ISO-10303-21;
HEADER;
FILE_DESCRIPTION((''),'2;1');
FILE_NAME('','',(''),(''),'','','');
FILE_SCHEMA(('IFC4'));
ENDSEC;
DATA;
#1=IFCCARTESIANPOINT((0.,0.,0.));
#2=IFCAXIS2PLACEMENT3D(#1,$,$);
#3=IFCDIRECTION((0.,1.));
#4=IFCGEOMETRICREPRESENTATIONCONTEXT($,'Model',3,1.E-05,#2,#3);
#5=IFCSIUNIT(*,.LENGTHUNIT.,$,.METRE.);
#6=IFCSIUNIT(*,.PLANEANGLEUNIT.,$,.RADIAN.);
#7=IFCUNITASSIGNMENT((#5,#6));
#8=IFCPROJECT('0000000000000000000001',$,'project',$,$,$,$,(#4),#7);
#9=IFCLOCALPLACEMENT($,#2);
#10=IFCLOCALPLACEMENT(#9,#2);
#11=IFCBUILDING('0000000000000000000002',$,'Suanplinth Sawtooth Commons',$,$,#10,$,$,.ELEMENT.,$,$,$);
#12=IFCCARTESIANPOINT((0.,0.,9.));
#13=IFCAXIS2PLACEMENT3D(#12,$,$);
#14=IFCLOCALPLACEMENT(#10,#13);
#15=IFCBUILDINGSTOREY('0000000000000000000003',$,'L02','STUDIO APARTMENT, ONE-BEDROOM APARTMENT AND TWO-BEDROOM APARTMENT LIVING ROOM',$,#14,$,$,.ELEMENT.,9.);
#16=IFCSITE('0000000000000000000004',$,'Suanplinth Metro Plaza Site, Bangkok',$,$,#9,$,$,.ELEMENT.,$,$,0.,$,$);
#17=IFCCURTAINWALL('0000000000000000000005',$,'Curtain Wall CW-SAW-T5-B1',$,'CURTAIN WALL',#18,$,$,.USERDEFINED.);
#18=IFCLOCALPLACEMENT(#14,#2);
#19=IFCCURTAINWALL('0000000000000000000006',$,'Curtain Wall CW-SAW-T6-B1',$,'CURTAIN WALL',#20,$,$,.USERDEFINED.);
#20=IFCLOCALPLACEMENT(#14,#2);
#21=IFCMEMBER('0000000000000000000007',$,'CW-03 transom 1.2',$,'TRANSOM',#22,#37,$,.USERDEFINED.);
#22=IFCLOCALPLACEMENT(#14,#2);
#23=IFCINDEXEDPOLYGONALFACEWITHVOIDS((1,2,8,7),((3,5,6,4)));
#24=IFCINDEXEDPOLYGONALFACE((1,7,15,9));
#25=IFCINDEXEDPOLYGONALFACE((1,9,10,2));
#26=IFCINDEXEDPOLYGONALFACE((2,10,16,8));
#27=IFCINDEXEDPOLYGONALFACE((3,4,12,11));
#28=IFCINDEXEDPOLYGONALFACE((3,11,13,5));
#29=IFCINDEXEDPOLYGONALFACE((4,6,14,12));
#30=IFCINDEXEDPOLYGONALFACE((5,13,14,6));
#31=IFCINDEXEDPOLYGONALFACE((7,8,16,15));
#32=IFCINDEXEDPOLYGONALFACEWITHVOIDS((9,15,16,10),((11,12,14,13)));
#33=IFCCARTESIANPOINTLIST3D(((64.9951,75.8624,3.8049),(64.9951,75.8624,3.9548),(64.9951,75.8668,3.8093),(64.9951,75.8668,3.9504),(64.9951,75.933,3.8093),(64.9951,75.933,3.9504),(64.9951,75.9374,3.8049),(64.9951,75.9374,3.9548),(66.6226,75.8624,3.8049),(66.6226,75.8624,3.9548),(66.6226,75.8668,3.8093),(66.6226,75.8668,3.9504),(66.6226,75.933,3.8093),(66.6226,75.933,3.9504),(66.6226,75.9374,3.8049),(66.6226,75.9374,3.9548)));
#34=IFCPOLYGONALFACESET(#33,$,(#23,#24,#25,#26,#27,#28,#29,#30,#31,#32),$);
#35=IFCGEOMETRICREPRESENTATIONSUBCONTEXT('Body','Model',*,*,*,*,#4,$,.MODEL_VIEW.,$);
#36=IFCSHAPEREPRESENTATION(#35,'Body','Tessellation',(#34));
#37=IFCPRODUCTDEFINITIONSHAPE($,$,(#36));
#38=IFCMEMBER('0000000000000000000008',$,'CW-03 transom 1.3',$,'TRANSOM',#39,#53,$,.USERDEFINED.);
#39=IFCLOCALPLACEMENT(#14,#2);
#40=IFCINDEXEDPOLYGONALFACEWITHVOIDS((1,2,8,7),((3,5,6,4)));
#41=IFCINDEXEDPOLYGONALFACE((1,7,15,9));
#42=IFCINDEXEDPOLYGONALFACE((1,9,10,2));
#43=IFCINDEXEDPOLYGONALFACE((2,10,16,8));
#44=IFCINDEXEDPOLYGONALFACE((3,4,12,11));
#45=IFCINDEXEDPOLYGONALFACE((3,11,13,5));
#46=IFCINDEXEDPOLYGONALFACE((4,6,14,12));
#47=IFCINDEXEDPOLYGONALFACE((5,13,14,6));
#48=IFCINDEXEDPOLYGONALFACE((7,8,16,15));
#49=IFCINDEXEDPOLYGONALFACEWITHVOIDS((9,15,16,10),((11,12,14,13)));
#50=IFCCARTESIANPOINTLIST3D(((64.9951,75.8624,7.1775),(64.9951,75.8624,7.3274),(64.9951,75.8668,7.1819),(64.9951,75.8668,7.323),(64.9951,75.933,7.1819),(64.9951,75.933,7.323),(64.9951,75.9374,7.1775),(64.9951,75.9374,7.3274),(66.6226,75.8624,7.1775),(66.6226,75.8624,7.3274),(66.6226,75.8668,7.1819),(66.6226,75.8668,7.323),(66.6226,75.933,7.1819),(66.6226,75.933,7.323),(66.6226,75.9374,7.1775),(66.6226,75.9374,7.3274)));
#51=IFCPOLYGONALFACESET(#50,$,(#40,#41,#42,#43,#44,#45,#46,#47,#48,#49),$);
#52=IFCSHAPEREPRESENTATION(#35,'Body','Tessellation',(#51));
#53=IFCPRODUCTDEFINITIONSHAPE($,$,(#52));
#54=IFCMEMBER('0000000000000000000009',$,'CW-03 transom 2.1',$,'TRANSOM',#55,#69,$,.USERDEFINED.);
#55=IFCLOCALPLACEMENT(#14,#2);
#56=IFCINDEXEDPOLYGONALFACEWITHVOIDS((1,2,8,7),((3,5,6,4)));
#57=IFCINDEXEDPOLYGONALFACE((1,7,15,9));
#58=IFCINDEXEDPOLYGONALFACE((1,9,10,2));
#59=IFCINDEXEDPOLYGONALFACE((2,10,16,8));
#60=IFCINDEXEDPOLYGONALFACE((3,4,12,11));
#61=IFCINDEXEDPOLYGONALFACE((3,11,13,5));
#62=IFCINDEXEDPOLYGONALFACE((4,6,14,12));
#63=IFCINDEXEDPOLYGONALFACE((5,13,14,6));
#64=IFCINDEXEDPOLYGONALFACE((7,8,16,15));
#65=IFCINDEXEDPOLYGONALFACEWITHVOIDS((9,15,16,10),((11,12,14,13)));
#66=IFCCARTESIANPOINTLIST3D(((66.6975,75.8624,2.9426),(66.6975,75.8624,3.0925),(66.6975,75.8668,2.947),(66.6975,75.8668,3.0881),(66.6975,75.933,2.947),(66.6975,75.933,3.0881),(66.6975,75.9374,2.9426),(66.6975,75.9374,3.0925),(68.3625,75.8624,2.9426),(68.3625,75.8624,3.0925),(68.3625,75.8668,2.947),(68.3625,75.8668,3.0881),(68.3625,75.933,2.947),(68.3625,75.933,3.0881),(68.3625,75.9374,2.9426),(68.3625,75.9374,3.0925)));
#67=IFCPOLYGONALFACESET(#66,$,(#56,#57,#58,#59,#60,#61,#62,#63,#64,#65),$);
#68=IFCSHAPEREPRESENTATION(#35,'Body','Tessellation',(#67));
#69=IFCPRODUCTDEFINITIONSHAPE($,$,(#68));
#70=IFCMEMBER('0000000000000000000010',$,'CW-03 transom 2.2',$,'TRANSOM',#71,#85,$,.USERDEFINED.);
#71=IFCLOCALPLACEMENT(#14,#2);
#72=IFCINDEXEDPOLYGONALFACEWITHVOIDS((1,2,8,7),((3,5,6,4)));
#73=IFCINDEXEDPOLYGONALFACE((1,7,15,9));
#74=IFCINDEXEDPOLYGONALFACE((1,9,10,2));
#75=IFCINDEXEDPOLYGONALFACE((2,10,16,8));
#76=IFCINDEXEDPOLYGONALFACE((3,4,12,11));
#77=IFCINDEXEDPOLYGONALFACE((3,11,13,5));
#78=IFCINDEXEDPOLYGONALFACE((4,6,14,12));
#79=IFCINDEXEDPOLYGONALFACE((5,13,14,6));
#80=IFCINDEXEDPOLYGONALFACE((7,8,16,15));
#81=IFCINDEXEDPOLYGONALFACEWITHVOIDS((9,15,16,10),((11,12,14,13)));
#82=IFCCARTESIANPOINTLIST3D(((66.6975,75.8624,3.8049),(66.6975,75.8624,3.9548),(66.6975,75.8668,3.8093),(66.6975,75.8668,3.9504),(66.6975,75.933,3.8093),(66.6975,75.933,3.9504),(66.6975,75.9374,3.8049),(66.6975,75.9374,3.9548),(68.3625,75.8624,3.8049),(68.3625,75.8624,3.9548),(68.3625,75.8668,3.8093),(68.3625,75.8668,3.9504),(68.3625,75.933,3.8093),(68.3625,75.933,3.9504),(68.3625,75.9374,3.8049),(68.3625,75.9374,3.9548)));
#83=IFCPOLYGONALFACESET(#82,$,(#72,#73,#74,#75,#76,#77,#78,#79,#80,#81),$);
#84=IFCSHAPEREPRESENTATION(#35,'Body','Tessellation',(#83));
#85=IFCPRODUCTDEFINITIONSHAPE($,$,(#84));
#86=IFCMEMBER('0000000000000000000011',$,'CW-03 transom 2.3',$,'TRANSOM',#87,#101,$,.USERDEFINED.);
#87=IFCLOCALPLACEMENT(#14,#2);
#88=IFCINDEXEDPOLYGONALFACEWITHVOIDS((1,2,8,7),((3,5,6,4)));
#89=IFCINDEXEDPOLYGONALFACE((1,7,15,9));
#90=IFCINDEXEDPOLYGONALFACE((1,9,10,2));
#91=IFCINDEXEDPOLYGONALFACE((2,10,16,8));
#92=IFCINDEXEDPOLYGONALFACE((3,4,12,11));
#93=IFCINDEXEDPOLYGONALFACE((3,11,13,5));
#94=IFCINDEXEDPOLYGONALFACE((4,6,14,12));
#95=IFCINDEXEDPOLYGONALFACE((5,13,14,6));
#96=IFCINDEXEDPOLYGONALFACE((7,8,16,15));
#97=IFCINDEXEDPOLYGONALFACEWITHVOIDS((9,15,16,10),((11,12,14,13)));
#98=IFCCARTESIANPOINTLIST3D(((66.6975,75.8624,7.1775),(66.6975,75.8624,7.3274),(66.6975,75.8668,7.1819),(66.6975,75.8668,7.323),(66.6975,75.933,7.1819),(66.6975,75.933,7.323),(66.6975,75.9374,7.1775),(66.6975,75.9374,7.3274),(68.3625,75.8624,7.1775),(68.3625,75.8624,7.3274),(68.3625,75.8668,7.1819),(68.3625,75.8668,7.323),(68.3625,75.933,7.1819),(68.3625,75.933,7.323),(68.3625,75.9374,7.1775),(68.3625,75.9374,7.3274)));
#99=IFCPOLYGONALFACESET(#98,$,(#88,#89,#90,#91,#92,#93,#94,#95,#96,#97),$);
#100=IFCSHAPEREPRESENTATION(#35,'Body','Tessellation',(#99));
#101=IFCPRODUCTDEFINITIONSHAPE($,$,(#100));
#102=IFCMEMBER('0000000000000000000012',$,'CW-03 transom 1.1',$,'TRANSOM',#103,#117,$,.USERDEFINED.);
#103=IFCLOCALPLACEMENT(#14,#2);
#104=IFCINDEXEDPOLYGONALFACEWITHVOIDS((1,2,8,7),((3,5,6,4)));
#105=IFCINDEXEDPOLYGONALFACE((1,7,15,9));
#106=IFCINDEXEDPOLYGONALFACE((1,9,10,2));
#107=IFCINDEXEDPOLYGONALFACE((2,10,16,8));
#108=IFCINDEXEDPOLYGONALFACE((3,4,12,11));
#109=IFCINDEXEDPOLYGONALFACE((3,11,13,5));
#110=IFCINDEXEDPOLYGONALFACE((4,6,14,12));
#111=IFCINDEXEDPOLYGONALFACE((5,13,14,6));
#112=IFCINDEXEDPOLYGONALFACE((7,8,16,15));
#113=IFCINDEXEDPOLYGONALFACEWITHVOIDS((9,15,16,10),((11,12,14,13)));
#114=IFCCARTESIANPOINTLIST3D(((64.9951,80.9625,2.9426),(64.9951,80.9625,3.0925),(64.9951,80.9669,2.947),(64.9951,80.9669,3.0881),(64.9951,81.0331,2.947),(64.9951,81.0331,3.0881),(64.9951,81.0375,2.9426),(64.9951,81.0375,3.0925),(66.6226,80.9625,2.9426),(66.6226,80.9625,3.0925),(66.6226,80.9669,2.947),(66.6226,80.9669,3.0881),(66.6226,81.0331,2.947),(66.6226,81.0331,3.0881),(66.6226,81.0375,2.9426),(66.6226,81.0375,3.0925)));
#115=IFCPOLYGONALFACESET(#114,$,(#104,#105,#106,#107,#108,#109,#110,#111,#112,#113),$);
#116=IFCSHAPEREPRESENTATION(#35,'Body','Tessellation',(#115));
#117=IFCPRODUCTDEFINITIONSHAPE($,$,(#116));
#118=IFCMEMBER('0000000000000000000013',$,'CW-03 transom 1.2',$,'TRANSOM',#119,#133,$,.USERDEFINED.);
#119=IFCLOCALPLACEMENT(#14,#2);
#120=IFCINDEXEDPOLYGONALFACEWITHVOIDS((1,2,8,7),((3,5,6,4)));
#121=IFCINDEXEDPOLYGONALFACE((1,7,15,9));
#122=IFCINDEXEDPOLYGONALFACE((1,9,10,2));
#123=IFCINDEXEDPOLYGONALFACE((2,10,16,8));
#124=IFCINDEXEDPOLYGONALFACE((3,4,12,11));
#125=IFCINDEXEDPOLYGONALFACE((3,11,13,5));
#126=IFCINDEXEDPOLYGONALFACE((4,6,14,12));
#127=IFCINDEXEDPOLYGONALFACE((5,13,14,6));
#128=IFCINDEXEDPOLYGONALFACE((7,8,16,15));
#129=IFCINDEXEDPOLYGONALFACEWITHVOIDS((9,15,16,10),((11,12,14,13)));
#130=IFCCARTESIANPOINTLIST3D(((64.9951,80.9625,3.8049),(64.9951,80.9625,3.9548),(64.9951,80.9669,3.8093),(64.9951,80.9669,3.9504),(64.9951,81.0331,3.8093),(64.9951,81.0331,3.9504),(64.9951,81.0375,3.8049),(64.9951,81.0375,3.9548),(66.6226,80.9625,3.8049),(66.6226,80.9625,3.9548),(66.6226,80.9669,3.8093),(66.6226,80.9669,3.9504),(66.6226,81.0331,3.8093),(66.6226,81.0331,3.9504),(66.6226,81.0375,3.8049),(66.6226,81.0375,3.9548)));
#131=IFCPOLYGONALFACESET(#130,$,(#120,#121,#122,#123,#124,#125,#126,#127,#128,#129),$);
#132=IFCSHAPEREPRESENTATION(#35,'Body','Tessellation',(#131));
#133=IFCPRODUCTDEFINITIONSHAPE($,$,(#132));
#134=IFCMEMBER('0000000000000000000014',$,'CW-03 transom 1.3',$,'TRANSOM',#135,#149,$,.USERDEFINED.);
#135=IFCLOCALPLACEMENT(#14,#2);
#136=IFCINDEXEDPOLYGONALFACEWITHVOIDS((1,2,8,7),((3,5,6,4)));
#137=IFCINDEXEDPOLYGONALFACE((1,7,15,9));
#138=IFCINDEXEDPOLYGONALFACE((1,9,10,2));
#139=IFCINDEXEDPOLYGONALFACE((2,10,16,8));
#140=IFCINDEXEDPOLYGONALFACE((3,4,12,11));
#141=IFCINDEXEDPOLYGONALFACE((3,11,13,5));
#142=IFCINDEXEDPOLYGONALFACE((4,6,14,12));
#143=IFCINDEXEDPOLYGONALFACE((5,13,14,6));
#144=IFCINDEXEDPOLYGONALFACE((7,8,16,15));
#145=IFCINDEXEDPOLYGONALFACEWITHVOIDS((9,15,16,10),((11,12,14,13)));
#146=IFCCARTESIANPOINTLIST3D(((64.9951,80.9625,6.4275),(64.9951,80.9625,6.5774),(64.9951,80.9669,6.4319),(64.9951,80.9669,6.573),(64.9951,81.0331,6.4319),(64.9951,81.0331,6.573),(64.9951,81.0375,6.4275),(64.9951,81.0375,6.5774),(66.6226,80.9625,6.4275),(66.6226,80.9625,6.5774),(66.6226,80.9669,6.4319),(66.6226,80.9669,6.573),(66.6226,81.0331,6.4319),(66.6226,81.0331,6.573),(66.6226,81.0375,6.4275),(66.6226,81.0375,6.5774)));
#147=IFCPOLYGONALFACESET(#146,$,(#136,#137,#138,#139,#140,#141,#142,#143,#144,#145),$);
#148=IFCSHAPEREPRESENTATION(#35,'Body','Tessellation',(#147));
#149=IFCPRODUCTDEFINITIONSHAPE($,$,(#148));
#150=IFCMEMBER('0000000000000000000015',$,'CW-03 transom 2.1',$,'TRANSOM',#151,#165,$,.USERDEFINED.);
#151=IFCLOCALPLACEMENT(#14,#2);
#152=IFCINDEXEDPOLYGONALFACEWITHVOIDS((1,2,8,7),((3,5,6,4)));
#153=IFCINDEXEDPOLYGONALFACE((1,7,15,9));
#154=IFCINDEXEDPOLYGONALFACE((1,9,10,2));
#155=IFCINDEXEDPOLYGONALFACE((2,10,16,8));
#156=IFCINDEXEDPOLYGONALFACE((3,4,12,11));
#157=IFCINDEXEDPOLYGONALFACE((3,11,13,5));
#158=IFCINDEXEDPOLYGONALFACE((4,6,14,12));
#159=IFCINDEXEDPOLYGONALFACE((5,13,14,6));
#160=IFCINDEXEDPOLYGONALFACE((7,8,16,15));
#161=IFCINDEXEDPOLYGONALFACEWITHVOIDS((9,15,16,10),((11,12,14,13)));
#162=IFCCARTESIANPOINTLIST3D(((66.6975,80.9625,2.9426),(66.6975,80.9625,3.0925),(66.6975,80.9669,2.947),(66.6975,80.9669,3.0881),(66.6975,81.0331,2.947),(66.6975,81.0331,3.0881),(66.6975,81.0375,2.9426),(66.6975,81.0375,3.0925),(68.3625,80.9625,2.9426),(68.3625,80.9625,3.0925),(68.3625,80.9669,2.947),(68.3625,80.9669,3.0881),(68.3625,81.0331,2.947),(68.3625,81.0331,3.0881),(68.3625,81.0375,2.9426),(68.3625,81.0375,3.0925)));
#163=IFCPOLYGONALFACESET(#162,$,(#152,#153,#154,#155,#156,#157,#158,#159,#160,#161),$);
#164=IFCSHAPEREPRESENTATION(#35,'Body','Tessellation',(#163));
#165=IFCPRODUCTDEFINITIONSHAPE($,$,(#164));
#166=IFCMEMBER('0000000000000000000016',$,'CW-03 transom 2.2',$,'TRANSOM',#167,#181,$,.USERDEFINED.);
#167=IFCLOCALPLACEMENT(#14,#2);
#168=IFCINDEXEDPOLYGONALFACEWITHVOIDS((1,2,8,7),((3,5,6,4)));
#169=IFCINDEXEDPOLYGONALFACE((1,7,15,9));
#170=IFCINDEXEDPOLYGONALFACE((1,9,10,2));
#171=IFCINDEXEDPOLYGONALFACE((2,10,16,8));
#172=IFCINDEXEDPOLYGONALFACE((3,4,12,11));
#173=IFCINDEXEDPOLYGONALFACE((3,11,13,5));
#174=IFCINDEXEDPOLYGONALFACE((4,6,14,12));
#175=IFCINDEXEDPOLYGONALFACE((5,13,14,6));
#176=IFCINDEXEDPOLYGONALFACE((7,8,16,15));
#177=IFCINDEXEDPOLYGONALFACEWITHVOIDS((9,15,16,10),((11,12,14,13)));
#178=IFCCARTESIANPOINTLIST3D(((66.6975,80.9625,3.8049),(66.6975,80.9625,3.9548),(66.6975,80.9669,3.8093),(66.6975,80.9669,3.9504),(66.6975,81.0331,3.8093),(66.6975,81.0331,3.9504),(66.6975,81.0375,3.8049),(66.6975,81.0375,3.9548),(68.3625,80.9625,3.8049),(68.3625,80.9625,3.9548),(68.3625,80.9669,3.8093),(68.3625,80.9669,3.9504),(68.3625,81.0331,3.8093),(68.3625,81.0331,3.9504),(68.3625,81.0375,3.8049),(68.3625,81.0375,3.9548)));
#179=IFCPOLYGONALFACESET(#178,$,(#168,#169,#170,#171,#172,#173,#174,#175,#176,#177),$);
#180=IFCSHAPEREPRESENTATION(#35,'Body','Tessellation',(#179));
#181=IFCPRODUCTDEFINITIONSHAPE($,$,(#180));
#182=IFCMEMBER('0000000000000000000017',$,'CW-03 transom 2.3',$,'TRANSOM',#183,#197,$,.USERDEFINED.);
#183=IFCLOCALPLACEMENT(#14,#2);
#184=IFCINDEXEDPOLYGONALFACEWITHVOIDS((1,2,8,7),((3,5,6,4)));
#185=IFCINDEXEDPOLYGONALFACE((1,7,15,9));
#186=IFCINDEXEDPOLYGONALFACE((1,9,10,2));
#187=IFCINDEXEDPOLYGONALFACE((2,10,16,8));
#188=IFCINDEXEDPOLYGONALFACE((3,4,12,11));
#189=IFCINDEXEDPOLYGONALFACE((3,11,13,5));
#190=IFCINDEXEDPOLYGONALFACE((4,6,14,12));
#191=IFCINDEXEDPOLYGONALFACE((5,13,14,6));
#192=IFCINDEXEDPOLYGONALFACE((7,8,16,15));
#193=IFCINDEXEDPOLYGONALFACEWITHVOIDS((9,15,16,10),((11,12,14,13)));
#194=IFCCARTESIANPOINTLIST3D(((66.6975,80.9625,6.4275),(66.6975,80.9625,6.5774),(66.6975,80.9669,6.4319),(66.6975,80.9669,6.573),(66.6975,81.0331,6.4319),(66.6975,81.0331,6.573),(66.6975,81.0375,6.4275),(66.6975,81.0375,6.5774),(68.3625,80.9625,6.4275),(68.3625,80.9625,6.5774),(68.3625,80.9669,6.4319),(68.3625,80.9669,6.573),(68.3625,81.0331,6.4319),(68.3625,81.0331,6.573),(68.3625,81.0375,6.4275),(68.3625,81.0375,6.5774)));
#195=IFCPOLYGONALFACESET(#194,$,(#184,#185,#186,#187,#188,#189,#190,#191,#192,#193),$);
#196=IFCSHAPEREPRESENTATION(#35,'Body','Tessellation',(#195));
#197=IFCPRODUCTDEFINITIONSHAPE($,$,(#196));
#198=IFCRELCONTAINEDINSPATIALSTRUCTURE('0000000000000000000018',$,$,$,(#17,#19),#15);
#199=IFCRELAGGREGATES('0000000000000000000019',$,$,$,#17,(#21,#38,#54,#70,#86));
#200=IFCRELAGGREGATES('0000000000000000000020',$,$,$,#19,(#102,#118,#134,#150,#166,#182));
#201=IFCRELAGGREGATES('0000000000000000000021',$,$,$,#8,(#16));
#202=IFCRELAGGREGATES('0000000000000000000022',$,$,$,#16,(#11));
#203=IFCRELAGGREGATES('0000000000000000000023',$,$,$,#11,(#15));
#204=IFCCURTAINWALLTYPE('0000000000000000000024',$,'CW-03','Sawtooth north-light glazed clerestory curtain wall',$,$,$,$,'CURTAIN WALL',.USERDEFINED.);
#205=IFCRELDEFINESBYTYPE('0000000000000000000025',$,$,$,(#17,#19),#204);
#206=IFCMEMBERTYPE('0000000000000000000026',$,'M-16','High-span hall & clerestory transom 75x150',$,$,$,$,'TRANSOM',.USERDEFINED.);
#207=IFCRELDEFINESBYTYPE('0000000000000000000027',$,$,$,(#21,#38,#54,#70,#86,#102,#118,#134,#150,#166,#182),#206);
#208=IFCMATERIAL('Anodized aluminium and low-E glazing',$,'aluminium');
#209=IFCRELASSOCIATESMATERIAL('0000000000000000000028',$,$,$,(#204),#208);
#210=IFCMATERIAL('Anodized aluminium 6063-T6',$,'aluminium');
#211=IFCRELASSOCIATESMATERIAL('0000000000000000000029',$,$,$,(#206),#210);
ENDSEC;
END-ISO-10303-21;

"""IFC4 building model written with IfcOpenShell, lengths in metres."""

from ifc_helpers import new_model, si_unit, direction, frame, origin, origin_2d, place, context, subcontext, project, spatial, hollow_rectangle, extrude, material, material_profile, profile_set, type_object, element, aggregate, save


model = new_model("IFC4")

# Units and contexts
model_context = context("Model", 3, precision=1e-05, world=origin(), true_north=direction((0.0, 1.0)))
body_context = subcontext(model_context, "Body", "Model", "MODEL_VIEW")
ifc_project = project(units=[si_unit("LENGTHUNIT", "METRE"), si_unit("PLANEANGLEUNIT", "RADIAN")], contexts=[model_context])

# Site, building, storey
site_placement = place(None, origin())
site = spatial("IfcSite", under=ifc_project, at=site_placement, Name="Suanplinth Metro Plaza Site, Bangkok", CompositionType="ELEMENT", RefElevation=0.0)
building_placement = place(site_placement, origin())
building = spatial("IfcBuilding", under=site, at=building_placement, Name="Suanplinth Sawtooth Commons", CompositionType="ELEMENT")
storey_placement = place(building_placement, frame((0.0, 0.0, 9.0)))
storey = spatial("IfcBuildingStorey", under=building, at=storey_placement, Name="L02", Description="STUDIO APARTMENT, ONE-BEDROOM APARTMENT AND TWO-BEDROOM APARTMENT LIVING ROOM", CompositionType="ELEMENT", Elevation=9.0)

# Curtain walls
ifc_material_1 = material(Name="Anodized aluminium and low-E glazing", Category="aluminium")
curtain_wall_type = type_object("IfcCurtainWallType", Name="CW-03", Description="Sawtooth north-light glazed clerestory curtain wall", ElementType="CURTAIN WALL", PredefinedType="USERDEFINED", material=ifc_material_1)
curtain_wall_1_placement = place(storey_placement, origin())
curtain_wall_1 = element("IfcCurtainWall", 1, at=curtain_wall_1_placement, inside=storey, type_object=curtain_wall_type, Name="Curtain Wall CW-SAW-T5-B1", ObjectType="CURTAIN WALL", PredefinedType="USERDEFINED")
ifc_material_2 = material(Name="Anodized aluminium 6063-T6", Category="aluminium")
curtain_wall_2_placement = place(storey_placement, origin())
curtain_wall_2 = element("IfcCurtainWall", 2, at=curtain_wall_2_placement, inside=storey, type_object=curtain_wall_type, Name="Curtain Wall CW-SAW-T6-B1", ObjectType="CURTAIN WALL", PredefinedType="USERDEFINED")

# Members
ifc_material_profile_1 = material_profile(ifc_material_2, hollow_rectangle(XDim=0.075, YDim=0.1499, WallThickness=0.0044, at=origin_2d()), Name="ALU-TRN 75x150")
ifc_profile_set_1 = profile_set([ifc_material_profile_1], Name="Anodized aluminium 6063-T6")
member_type_1 = type_object("IfcMemberType", Name="M-16", Description="High-span hall & clerestory transom 75x150", ElementType="TRANSOM", PredefinedType="USERDEFINED", material=ifc_profile_set_1)
member_1_placement = place(storey_placement, frame((64.9951, 75.8999, 3.8799), z_axis=(1.0, 0.0, 0.0), x_axis=(0.0, 1.0, 0.0)))
member_1 = element("IfcMember", 3, at=member_1_placement, type_object=member_type_1, Name="CW-03 transom 1.2", ObjectType="TRANSOM", PredefinedType="USERDEFINED", context=body_context, shape_type="SweptSolid", body=[
    extrude(hollow_rectangle(XDim=0.075, YDim=0.1499, WallThickness=0.0044, at=origin_2d()), origin(), (0.0, 0.0, 1.0), 1.6274),
])
member_2_placement = place(storey_placement, frame((64.9951, 75.8999, 7.2524), z_axis=(1.0, 0.0, 0.0), x_axis=(0.0, 1.0, 0.0)))
member_2 = element("IfcMember", 4, at=member_2_placement, type_object=member_type_1, Name="CW-03 transom 1.3", ObjectType="TRANSOM", PredefinedType="USERDEFINED", context=body_context, shape_type="SweptSolid", body=[
    extrude(hollow_rectangle(XDim=0.075, YDim=0.1499, WallThickness=0.0044, at=origin_2d()), origin(), (0.0, 0.0, 1.0), 1.6274),
])
member_3_placement = place(storey_placement, frame((66.6975, 75.8999, 3.0176), z_axis=(1.0, 0.0, 0.0), x_axis=(0.0, 1.0, 0.0)))
member_3 = element("IfcMember", 5, at=member_3_placement, type_object=member_type_1, Name="CW-03 transom 2.1", ObjectType="TRANSOM", PredefinedType="USERDEFINED", context=body_context, shape_type="SweptSolid", body=[
    extrude(hollow_rectangle(XDim=0.075, YDim=0.1499, WallThickness=0.0044, at=origin_2d()), origin(), (0.0, 0.0, 1.0), 1.665),
])
member_4_placement = place(storey_placement, frame((66.6975, 75.8999, 3.8799), z_axis=(1.0, 0.0, 0.0), x_axis=(0.0, 1.0, 0.0)))
member_4 = element("IfcMember", 6, at=member_4_placement, type_object=member_type_1, Name="CW-03 transom 2.2", ObjectType="TRANSOM", PredefinedType="USERDEFINED", context=body_context, shape_type="SweptSolid", body=[
    extrude(hollow_rectangle(XDim=0.075, YDim=0.1499, WallThickness=0.0044, at=origin_2d()), origin(), (0.0, 0.0, 1.0), 1.665),
])
member_5_placement = place(storey_placement, frame((66.6975, 75.8999, 7.2524), z_axis=(1.0, 0.0, 0.0), x_axis=(0.0, 1.0, 0.0)))
member_5 = element("IfcMember", 7, at=member_5_placement, type_object=member_type_1, Name="CW-03 transom 2.3", ObjectType="TRANSOM", PredefinedType="USERDEFINED", context=body_context, shape_type="SweptSolid", body=[
    extrude(hollow_rectangle(XDim=0.075, YDim=0.1499, WallThickness=0.0044, at=origin_2d()), origin(), (0.0, 0.0, 1.0), 1.665),
])
member_6_placement = place(storey_placement, frame((64.9951, 81.0, 3.0176), z_axis=(1.0, 0.0, 0.0), x_axis=(0.0, 1.0, 0.0)))
member_6 = element("IfcMember", 8, at=member_6_placement, type_object=member_type_1, Name="CW-03 transom 1.1", ObjectType="TRANSOM", PredefinedType="USERDEFINED", context=body_context, shape_type="SweptSolid", body=[
    extrude(hollow_rectangle(XDim=0.075, YDim=0.1499, WallThickness=0.0044, at=origin_2d()), origin(), (0.0, 0.0, 1.0), 1.6274),
])
member_7_placement = place(storey_placement, frame((64.9951, 81.0, 3.8799), z_axis=(1.0, 0.0, 0.0), x_axis=(0.0, 1.0, 0.0)))
member_7 = element("IfcMember", 9, at=member_7_placement, type_object=member_type_1, Name="CW-03 transom 1.2", ObjectType="TRANSOM", PredefinedType="USERDEFINED", context=body_context, shape_type="SweptSolid", body=[
    extrude(hollow_rectangle(XDim=0.075, YDim=0.1499, WallThickness=0.0044, at=origin_2d()), origin(), (0.0, 0.0, 1.0), 1.6274),
])
member_8_placement = place(storey_placement, frame((64.9951, 81.0, 6.5024), z_axis=(1.0, 0.0, 0.0), x_axis=(0.0, 1.0, 0.0)))
member_8 = element("IfcMember", 10, at=member_8_placement, type_object=member_type_1, Name="CW-03 transom 1.3", ObjectType="TRANSOM", PredefinedType="USERDEFINED", context=body_context, shape_type="SweptSolid", body=[
    extrude(hollow_rectangle(XDim=0.075, YDim=0.1499, WallThickness=0.0044, at=origin_2d()), origin(), (0.0, 0.0, 1.0), 1.6274),
])
member_9_placement = place(storey_placement, frame((66.6975, 81.0, 3.0176), z_axis=(1.0, 0.0, 0.0), x_axis=(0.0, 1.0, 0.0)))
member_9 = element("IfcMember", 11, at=member_9_placement, type_object=member_type_1, Name="CW-03 transom 2.1", ObjectType="TRANSOM", PredefinedType="USERDEFINED", context=body_context, shape_type="SweptSolid", body=[
    extrude(hollow_rectangle(XDim=0.075, YDim=0.1499, WallThickness=0.0044, at=origin_2d()), origin(), (0.0, 0.0, 1.0), 1.665),
])
member_10_placement = place(storey_placement, frame((66.6975, 81.0, 3.8799), z_axis=(1.0, 0.0, 0.0), x_axis=(0.0, 1.0, 0.0)))
member_10 = element("IfcMember", 12, at=member_10_placement, type_object=member_type_1, Name="CW-03 transom 2.2", ObjectType="TRANSOM", PredefinedType="USERDEFINED", context=body_context, shape_type="SweptSolid", body=[
    extrude(hollow_rectangle(XDim=0.075, YDim=0.1499, WallThickness=0.0044, at=origin_2d()), origin(), (0.0, 0.0, 1.0), 1.665),
])
member_11_placement = place(storey_placement, frame((66.6975, 81.0, 6.5024), z_axis=(1.0, 0.0, 0.0), x_axis=(0.0, 1.0, 0.0)))
member_11 = element("IfcMember", 13, at=member_11_placement, type_object=member_type_1, Name="CW-03 transom 2.3", ObjectType="TRANSOM", PredefinedType="USERDEFINED", context=body_context, shape_type="SweptSolid", body=[
    extrude(hollow_rectangle(XDim=0.075, YDim=0.1499, WallThickness=0.0044, at=origin_2d()), origin(), (0.0, 0.0, 1.0), 1.665),
])

aggregate(curtain_wall_1, [member_1, member_2, member_3, member_4, member_5])
aggregate(curtain_wall_2, [member_6, member_7, member_8, member_9, member_10, member_11])

save(model, "model.ifc")
